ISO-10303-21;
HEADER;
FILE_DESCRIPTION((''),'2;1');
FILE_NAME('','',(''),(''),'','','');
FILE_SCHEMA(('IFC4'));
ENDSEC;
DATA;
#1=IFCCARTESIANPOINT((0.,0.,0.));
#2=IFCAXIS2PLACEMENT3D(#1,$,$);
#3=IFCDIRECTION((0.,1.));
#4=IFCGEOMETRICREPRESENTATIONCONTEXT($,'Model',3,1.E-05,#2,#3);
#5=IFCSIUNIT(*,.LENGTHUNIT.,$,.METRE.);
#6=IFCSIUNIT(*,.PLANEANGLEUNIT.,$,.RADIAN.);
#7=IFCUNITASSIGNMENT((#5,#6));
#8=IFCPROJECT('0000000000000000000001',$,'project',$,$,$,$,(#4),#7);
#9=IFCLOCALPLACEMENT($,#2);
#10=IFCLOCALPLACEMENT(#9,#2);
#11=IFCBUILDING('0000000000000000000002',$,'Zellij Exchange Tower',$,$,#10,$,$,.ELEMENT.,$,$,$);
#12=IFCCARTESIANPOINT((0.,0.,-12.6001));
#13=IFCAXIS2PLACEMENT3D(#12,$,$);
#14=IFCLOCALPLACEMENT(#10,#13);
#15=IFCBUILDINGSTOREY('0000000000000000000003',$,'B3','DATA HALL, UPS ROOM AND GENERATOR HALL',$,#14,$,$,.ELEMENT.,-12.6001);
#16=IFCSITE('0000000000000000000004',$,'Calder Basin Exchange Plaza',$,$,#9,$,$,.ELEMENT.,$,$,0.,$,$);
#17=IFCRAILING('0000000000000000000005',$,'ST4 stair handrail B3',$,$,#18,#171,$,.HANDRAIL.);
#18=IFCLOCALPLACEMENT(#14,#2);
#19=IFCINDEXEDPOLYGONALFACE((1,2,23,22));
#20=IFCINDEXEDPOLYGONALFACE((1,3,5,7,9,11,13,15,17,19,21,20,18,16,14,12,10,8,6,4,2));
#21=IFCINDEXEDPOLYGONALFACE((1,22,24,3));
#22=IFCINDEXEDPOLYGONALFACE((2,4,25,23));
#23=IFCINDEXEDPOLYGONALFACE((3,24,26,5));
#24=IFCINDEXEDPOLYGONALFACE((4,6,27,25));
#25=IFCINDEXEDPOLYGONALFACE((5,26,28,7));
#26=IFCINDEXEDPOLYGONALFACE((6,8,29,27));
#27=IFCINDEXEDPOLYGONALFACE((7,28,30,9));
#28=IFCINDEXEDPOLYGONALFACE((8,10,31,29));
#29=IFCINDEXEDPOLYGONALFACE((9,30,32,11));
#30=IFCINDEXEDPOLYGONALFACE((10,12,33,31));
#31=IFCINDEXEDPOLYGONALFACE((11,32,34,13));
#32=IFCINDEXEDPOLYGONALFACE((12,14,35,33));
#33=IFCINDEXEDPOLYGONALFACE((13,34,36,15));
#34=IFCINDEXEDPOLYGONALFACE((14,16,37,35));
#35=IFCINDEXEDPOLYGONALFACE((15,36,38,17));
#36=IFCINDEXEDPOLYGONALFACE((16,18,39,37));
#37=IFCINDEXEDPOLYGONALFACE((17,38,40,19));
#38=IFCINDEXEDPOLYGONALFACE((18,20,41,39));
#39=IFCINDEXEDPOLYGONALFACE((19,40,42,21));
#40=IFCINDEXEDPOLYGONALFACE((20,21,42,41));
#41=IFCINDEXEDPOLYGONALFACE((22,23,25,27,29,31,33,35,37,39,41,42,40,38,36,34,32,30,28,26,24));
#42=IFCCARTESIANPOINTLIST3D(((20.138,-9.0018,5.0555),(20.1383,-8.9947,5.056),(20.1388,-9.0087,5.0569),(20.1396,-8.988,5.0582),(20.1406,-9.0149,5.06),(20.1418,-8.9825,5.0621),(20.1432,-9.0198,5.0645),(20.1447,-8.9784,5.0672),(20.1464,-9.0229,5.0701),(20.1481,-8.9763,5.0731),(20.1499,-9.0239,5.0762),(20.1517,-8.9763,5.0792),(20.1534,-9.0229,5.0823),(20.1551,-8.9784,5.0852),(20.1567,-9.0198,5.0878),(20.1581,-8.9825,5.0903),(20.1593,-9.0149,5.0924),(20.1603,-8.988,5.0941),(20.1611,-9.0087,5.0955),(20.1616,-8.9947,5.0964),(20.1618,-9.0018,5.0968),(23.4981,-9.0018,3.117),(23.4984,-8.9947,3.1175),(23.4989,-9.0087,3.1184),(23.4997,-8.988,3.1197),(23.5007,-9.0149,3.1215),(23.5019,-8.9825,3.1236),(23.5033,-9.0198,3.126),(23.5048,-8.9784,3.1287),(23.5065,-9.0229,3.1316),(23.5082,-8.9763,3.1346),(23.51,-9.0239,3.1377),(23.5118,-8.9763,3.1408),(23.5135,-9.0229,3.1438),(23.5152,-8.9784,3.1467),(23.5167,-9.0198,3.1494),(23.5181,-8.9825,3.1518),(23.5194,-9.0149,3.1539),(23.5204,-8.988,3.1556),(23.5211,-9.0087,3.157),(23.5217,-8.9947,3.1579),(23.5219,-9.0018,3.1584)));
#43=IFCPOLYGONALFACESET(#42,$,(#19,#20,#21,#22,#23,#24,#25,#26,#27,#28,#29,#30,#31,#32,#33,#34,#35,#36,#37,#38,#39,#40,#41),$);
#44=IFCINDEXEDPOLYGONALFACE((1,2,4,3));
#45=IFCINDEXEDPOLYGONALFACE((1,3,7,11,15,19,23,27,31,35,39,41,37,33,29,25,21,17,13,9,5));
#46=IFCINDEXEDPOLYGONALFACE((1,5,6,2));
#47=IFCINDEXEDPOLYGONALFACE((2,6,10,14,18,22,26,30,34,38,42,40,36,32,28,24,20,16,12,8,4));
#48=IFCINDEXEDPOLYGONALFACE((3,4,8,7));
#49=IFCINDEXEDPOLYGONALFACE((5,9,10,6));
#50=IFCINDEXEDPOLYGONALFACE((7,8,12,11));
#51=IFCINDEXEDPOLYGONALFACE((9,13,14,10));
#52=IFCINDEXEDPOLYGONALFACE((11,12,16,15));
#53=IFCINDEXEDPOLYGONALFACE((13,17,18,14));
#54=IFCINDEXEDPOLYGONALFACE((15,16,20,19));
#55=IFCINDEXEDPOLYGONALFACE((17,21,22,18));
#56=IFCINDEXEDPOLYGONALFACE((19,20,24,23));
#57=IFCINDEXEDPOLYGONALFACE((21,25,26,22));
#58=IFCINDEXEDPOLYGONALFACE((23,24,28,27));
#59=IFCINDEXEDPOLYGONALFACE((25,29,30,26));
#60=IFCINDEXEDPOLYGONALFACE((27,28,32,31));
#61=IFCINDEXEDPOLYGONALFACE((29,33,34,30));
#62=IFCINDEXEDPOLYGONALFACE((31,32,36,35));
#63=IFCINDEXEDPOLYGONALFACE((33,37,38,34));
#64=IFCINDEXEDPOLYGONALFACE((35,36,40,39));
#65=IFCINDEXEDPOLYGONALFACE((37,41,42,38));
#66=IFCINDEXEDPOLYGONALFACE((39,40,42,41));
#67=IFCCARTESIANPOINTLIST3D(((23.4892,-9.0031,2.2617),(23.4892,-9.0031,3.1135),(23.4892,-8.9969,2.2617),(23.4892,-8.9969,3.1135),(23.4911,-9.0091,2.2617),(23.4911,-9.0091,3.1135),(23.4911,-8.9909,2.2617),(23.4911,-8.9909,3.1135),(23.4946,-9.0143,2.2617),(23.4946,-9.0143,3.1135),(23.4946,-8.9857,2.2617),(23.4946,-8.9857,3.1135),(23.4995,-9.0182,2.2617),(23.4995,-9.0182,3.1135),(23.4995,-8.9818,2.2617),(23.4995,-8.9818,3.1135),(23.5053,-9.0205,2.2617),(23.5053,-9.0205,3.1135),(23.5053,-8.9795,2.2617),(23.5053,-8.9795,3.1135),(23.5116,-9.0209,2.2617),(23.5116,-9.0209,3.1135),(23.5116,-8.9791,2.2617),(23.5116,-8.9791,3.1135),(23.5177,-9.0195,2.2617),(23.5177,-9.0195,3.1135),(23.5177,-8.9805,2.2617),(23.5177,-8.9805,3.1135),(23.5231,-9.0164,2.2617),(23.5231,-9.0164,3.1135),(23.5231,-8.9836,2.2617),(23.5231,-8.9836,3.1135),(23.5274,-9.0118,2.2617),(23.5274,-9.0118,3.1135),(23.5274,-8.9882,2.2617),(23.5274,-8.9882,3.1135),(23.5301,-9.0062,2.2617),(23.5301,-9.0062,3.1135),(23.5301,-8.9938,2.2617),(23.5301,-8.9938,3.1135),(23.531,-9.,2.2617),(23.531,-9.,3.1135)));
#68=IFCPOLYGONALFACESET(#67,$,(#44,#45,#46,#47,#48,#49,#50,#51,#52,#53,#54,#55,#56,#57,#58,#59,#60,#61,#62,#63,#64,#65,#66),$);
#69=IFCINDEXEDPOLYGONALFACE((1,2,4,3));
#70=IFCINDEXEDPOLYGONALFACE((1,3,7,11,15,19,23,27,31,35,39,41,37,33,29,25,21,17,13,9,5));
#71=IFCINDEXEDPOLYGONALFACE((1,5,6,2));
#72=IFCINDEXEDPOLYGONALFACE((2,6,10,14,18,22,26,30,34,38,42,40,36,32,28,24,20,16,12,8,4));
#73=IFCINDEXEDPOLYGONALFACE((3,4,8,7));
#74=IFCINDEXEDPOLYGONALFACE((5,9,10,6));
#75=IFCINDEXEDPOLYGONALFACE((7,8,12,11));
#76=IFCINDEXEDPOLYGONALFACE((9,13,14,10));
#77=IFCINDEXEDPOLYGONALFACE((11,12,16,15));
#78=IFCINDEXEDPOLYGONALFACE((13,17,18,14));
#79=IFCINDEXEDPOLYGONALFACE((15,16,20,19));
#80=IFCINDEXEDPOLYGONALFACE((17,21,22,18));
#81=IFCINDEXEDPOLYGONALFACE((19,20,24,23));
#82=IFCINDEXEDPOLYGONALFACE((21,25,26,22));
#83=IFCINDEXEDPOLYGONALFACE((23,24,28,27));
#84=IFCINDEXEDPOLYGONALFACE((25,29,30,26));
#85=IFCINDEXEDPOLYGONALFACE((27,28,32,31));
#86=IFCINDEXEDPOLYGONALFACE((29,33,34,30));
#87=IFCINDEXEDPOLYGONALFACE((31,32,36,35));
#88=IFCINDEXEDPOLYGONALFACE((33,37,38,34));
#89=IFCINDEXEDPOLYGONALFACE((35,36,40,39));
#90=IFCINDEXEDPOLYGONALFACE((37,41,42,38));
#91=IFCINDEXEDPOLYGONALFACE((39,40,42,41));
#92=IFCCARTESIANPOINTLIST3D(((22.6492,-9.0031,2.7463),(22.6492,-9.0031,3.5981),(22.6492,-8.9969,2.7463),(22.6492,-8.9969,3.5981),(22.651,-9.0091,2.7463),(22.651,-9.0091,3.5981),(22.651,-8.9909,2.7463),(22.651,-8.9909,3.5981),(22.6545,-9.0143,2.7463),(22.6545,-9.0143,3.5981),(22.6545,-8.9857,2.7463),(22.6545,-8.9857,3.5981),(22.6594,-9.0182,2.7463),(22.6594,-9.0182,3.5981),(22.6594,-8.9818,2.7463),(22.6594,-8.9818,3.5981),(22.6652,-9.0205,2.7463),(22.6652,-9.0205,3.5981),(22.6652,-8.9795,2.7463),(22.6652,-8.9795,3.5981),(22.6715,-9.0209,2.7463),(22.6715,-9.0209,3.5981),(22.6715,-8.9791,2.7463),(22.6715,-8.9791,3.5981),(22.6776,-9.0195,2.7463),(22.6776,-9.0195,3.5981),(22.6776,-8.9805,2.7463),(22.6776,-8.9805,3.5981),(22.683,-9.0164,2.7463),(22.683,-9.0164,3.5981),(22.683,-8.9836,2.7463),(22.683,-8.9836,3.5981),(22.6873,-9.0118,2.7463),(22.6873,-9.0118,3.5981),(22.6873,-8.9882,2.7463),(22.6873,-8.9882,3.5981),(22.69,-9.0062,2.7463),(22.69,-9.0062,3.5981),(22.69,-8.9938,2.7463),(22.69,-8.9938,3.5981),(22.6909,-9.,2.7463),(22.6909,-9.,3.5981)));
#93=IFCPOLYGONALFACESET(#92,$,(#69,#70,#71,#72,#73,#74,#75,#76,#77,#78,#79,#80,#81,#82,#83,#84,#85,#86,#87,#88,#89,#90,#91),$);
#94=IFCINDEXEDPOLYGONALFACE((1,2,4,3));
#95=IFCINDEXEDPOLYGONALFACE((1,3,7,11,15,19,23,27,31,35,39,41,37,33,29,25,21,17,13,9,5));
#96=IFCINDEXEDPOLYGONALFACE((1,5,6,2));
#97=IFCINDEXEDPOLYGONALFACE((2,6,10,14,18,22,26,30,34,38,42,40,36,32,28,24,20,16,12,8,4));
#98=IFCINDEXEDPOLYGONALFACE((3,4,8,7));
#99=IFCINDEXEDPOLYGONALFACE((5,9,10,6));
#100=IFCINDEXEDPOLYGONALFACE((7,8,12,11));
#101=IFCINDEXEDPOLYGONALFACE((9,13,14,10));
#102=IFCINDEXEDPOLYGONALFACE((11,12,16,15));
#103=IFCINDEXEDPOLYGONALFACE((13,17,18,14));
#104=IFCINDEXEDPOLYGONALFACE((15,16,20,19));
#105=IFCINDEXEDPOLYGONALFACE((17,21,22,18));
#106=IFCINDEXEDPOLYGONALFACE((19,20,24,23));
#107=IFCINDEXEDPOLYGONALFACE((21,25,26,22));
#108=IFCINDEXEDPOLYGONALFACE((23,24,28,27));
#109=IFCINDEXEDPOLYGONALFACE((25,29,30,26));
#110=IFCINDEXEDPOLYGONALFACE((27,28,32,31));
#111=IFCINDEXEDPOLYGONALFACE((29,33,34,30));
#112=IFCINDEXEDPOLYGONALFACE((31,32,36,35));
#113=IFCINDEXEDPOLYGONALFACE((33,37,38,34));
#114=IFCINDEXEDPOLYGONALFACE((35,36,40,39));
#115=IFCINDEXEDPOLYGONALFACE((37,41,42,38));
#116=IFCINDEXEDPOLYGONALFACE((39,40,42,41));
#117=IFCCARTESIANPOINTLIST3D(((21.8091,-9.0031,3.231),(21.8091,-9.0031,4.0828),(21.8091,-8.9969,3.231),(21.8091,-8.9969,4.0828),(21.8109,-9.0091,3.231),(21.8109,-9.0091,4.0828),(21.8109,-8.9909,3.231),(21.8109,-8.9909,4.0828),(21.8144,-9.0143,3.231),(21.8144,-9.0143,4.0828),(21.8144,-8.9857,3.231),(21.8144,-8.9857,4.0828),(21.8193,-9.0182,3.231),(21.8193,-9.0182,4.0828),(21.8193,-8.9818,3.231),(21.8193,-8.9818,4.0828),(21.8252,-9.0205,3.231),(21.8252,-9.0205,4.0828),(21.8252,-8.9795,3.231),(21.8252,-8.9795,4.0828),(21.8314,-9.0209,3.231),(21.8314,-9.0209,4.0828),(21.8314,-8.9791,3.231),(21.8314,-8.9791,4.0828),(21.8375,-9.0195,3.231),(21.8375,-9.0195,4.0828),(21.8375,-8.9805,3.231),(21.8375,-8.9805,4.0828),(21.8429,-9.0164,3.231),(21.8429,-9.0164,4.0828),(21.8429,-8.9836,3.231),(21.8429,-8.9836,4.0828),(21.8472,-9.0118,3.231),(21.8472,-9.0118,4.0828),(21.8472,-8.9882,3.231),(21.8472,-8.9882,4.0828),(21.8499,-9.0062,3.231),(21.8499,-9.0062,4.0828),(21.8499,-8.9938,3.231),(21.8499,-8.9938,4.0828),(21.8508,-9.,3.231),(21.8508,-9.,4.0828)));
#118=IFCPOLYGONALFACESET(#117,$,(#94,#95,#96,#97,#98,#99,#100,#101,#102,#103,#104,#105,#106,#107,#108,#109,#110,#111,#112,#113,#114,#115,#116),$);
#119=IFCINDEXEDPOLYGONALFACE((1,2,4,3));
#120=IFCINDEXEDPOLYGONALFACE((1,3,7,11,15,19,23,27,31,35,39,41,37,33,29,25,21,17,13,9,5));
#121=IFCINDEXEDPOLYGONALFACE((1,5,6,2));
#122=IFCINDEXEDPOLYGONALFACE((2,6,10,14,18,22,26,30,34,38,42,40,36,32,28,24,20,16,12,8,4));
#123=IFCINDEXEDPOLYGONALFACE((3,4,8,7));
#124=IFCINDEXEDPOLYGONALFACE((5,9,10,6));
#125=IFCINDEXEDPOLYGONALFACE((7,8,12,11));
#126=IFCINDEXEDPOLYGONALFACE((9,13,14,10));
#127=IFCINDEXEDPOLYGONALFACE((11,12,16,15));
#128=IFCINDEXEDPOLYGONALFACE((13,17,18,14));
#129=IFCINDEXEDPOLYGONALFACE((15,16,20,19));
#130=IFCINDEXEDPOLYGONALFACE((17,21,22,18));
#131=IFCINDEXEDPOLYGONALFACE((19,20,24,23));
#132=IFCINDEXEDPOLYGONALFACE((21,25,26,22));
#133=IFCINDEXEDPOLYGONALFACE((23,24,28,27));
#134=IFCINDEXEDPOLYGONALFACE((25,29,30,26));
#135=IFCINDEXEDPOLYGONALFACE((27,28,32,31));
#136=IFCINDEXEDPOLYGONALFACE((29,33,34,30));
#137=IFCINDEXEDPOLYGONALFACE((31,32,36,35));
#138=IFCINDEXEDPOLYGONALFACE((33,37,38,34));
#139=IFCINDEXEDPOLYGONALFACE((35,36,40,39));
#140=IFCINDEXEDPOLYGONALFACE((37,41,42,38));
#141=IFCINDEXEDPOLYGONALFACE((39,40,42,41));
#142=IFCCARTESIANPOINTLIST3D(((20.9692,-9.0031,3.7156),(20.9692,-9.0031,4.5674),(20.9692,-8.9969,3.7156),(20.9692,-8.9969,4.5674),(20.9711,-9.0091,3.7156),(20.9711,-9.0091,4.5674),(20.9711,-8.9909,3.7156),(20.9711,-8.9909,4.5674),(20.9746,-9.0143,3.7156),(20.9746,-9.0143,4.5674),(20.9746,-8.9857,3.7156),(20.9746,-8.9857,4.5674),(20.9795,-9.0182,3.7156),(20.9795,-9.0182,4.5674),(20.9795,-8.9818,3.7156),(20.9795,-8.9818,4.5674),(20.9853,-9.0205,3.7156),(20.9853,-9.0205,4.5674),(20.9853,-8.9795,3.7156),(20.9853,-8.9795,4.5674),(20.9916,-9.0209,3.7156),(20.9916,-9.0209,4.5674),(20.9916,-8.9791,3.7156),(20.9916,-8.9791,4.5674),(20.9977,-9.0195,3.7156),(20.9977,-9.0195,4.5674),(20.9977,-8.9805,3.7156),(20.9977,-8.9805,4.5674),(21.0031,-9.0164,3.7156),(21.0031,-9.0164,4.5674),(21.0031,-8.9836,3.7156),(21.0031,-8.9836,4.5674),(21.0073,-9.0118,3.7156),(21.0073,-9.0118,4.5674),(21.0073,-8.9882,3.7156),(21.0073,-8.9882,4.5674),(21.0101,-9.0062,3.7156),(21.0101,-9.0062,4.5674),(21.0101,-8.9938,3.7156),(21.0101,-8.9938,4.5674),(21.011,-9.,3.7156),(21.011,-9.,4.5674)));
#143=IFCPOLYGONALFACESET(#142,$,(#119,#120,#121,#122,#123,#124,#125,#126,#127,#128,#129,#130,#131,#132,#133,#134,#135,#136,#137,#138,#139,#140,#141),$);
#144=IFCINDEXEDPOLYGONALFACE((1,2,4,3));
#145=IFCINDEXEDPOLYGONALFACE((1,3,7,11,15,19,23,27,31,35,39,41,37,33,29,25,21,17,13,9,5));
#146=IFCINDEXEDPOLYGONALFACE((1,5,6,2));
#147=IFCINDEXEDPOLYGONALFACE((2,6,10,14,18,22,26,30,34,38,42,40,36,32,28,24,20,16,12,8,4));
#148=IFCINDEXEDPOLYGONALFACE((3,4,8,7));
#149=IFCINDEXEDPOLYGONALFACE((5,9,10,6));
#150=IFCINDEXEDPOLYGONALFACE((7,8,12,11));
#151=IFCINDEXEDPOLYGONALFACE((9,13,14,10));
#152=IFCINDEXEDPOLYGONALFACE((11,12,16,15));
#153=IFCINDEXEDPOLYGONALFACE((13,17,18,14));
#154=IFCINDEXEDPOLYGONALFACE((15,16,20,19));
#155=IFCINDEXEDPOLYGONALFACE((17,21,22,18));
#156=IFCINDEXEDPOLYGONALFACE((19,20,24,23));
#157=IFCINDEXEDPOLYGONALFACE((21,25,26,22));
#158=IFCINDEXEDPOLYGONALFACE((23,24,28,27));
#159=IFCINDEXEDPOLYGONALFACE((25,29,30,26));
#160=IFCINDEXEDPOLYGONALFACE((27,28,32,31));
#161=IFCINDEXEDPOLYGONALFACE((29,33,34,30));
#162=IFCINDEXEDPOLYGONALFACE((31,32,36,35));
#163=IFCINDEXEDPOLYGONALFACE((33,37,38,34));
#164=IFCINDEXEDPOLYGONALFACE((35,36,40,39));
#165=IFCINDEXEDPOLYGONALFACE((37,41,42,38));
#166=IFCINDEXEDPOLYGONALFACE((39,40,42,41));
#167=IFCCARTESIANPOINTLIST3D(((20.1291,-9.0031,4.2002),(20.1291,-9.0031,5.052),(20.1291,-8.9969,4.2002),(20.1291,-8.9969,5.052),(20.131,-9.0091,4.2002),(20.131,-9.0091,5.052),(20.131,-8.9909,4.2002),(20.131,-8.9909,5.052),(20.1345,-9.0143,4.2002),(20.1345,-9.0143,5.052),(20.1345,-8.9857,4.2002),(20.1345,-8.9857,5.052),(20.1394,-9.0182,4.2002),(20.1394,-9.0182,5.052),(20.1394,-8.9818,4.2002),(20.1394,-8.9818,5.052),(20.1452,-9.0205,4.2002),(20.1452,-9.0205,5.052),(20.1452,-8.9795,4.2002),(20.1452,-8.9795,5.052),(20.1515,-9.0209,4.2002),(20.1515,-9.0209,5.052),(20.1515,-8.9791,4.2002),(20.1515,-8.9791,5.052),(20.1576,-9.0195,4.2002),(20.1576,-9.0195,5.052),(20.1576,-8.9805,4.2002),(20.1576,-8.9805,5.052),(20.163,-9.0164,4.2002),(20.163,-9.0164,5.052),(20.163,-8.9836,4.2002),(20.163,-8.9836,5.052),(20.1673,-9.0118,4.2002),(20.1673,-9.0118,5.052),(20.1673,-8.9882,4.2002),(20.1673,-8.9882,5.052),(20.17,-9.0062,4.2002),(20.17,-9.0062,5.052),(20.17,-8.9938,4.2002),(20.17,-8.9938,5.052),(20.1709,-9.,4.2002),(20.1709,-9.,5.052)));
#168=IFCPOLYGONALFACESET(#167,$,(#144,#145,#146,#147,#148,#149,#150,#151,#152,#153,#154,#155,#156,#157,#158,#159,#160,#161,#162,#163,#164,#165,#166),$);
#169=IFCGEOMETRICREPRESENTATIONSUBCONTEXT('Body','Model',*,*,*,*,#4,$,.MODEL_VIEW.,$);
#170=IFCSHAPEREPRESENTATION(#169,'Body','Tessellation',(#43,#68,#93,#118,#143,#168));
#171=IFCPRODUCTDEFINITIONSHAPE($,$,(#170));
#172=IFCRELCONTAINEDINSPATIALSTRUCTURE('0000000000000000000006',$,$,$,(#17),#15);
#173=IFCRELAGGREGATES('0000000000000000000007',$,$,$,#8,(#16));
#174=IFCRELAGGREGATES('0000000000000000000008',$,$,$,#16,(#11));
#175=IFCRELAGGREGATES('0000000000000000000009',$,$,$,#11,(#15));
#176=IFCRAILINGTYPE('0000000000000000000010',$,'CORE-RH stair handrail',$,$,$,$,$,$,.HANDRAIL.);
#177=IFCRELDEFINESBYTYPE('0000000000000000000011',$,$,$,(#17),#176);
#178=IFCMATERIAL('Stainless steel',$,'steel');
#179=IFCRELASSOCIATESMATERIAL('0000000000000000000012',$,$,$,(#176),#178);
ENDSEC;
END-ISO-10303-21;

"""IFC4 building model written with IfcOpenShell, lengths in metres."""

from ifc_helpers import new_model, si_unit, direction, frame, origin, origin_2d, place, context, subcontext, project, spatial, circle, extrude, material, type_object, element, save


model = new_model("IFC4")

# Units and contexts
model_context = context("Model", 3, precision=1e-05, world=origin(), true_north=direction((0.0, 1.0)))
body_context = subcontext(model_context, "Body", "Model", "MODEL_VIEW")
ifc_project = project(units=[si_unit("LENGTHUNIT", "METRE"), si_unit("PLANEANGLEUNIT", "RADIAN")], contexts=[model_context])

# Site, building, storey
site_placement = place(None, origin())
site = spatial("IfcSite", under=ifc_project, at=site_placement, Name="Calder Basin Exchange Plaza", CompositionType="ELEMENT", RefElevation=0.0)
building_placement = place(site_placement, origin())
building = spatial("IfcBuilding", under=site, at=building_placement, Name="Zellij Exchange Tower", CompositionType="ELEMENT")
storey_placement = place(building_placement, frame((0.0, 0.0, -12.6001)))
storey = spatial("IfcBuildingStorey", under=building, at=storey_placement, Name="B3", Description="DATA HALL, UPS ROOM AND GENERATOR HALL", CompositionType="ELEMENT", Elevation=-12.6001)

# Railing
ifc_material_1 = material(Name="Stainless steel", Category="steel")
railing_type_1 = type_object("IfcRailingType", Name="CORE-RH stair handrail", PredefinedType="HANDRAIL", material=ifc_material_1)
railing_1_placement = place(storey_placement, frame((23.51, -9.0, 2.2617)))
element("IfcRailing", 1, at=railing_1_placement, inside=storey, type_object=railing_type_1, Name="ST4 stair handrail B3", PredefinedType="HANDRAIL", context=body_context, shape_type="SweptSolid", body=[
    extrude(circle(Radius=0.0239, at=origin_2d()), frame((0.0, 0.0, 0.876), z_axis=(-0.866191, 0.0, 0.499713), x_axis=(0.0, -1.0, 0.0)), (0.0, 0.0, 1.0), 3.8792),
    extrude(circle(Radius=0.021, at=origin_2d()), origin(), (0.0, 0.0, 1.0), 0.8518),
    extrude(circle(Radius=0.021, at=origin_2d()), frame((-0.8401, 0.0, 0.4846)), (0.0, 0.0, 1.0), 0.8518),
    extrude(circle(Radius=0.021, at=origin_2d()), frame((-1.6802, 0.0, 0.9692)), (0.0, 0.0, 1.0), 0.8518),
    extrude(circle(Radius=0.021, at=origin_2d()), frame((-2.52, 0.0, 1.4539)), (0.0, 0.0, 1.0), 0.8518),
    extrude(circle(Radius=0.021, at=origin_2d()), frame((-3.3601, 0.0, 1.9385)), (0.0, 0.0, 1.0), 0.8518),
])

save(model, "model.ifc")
